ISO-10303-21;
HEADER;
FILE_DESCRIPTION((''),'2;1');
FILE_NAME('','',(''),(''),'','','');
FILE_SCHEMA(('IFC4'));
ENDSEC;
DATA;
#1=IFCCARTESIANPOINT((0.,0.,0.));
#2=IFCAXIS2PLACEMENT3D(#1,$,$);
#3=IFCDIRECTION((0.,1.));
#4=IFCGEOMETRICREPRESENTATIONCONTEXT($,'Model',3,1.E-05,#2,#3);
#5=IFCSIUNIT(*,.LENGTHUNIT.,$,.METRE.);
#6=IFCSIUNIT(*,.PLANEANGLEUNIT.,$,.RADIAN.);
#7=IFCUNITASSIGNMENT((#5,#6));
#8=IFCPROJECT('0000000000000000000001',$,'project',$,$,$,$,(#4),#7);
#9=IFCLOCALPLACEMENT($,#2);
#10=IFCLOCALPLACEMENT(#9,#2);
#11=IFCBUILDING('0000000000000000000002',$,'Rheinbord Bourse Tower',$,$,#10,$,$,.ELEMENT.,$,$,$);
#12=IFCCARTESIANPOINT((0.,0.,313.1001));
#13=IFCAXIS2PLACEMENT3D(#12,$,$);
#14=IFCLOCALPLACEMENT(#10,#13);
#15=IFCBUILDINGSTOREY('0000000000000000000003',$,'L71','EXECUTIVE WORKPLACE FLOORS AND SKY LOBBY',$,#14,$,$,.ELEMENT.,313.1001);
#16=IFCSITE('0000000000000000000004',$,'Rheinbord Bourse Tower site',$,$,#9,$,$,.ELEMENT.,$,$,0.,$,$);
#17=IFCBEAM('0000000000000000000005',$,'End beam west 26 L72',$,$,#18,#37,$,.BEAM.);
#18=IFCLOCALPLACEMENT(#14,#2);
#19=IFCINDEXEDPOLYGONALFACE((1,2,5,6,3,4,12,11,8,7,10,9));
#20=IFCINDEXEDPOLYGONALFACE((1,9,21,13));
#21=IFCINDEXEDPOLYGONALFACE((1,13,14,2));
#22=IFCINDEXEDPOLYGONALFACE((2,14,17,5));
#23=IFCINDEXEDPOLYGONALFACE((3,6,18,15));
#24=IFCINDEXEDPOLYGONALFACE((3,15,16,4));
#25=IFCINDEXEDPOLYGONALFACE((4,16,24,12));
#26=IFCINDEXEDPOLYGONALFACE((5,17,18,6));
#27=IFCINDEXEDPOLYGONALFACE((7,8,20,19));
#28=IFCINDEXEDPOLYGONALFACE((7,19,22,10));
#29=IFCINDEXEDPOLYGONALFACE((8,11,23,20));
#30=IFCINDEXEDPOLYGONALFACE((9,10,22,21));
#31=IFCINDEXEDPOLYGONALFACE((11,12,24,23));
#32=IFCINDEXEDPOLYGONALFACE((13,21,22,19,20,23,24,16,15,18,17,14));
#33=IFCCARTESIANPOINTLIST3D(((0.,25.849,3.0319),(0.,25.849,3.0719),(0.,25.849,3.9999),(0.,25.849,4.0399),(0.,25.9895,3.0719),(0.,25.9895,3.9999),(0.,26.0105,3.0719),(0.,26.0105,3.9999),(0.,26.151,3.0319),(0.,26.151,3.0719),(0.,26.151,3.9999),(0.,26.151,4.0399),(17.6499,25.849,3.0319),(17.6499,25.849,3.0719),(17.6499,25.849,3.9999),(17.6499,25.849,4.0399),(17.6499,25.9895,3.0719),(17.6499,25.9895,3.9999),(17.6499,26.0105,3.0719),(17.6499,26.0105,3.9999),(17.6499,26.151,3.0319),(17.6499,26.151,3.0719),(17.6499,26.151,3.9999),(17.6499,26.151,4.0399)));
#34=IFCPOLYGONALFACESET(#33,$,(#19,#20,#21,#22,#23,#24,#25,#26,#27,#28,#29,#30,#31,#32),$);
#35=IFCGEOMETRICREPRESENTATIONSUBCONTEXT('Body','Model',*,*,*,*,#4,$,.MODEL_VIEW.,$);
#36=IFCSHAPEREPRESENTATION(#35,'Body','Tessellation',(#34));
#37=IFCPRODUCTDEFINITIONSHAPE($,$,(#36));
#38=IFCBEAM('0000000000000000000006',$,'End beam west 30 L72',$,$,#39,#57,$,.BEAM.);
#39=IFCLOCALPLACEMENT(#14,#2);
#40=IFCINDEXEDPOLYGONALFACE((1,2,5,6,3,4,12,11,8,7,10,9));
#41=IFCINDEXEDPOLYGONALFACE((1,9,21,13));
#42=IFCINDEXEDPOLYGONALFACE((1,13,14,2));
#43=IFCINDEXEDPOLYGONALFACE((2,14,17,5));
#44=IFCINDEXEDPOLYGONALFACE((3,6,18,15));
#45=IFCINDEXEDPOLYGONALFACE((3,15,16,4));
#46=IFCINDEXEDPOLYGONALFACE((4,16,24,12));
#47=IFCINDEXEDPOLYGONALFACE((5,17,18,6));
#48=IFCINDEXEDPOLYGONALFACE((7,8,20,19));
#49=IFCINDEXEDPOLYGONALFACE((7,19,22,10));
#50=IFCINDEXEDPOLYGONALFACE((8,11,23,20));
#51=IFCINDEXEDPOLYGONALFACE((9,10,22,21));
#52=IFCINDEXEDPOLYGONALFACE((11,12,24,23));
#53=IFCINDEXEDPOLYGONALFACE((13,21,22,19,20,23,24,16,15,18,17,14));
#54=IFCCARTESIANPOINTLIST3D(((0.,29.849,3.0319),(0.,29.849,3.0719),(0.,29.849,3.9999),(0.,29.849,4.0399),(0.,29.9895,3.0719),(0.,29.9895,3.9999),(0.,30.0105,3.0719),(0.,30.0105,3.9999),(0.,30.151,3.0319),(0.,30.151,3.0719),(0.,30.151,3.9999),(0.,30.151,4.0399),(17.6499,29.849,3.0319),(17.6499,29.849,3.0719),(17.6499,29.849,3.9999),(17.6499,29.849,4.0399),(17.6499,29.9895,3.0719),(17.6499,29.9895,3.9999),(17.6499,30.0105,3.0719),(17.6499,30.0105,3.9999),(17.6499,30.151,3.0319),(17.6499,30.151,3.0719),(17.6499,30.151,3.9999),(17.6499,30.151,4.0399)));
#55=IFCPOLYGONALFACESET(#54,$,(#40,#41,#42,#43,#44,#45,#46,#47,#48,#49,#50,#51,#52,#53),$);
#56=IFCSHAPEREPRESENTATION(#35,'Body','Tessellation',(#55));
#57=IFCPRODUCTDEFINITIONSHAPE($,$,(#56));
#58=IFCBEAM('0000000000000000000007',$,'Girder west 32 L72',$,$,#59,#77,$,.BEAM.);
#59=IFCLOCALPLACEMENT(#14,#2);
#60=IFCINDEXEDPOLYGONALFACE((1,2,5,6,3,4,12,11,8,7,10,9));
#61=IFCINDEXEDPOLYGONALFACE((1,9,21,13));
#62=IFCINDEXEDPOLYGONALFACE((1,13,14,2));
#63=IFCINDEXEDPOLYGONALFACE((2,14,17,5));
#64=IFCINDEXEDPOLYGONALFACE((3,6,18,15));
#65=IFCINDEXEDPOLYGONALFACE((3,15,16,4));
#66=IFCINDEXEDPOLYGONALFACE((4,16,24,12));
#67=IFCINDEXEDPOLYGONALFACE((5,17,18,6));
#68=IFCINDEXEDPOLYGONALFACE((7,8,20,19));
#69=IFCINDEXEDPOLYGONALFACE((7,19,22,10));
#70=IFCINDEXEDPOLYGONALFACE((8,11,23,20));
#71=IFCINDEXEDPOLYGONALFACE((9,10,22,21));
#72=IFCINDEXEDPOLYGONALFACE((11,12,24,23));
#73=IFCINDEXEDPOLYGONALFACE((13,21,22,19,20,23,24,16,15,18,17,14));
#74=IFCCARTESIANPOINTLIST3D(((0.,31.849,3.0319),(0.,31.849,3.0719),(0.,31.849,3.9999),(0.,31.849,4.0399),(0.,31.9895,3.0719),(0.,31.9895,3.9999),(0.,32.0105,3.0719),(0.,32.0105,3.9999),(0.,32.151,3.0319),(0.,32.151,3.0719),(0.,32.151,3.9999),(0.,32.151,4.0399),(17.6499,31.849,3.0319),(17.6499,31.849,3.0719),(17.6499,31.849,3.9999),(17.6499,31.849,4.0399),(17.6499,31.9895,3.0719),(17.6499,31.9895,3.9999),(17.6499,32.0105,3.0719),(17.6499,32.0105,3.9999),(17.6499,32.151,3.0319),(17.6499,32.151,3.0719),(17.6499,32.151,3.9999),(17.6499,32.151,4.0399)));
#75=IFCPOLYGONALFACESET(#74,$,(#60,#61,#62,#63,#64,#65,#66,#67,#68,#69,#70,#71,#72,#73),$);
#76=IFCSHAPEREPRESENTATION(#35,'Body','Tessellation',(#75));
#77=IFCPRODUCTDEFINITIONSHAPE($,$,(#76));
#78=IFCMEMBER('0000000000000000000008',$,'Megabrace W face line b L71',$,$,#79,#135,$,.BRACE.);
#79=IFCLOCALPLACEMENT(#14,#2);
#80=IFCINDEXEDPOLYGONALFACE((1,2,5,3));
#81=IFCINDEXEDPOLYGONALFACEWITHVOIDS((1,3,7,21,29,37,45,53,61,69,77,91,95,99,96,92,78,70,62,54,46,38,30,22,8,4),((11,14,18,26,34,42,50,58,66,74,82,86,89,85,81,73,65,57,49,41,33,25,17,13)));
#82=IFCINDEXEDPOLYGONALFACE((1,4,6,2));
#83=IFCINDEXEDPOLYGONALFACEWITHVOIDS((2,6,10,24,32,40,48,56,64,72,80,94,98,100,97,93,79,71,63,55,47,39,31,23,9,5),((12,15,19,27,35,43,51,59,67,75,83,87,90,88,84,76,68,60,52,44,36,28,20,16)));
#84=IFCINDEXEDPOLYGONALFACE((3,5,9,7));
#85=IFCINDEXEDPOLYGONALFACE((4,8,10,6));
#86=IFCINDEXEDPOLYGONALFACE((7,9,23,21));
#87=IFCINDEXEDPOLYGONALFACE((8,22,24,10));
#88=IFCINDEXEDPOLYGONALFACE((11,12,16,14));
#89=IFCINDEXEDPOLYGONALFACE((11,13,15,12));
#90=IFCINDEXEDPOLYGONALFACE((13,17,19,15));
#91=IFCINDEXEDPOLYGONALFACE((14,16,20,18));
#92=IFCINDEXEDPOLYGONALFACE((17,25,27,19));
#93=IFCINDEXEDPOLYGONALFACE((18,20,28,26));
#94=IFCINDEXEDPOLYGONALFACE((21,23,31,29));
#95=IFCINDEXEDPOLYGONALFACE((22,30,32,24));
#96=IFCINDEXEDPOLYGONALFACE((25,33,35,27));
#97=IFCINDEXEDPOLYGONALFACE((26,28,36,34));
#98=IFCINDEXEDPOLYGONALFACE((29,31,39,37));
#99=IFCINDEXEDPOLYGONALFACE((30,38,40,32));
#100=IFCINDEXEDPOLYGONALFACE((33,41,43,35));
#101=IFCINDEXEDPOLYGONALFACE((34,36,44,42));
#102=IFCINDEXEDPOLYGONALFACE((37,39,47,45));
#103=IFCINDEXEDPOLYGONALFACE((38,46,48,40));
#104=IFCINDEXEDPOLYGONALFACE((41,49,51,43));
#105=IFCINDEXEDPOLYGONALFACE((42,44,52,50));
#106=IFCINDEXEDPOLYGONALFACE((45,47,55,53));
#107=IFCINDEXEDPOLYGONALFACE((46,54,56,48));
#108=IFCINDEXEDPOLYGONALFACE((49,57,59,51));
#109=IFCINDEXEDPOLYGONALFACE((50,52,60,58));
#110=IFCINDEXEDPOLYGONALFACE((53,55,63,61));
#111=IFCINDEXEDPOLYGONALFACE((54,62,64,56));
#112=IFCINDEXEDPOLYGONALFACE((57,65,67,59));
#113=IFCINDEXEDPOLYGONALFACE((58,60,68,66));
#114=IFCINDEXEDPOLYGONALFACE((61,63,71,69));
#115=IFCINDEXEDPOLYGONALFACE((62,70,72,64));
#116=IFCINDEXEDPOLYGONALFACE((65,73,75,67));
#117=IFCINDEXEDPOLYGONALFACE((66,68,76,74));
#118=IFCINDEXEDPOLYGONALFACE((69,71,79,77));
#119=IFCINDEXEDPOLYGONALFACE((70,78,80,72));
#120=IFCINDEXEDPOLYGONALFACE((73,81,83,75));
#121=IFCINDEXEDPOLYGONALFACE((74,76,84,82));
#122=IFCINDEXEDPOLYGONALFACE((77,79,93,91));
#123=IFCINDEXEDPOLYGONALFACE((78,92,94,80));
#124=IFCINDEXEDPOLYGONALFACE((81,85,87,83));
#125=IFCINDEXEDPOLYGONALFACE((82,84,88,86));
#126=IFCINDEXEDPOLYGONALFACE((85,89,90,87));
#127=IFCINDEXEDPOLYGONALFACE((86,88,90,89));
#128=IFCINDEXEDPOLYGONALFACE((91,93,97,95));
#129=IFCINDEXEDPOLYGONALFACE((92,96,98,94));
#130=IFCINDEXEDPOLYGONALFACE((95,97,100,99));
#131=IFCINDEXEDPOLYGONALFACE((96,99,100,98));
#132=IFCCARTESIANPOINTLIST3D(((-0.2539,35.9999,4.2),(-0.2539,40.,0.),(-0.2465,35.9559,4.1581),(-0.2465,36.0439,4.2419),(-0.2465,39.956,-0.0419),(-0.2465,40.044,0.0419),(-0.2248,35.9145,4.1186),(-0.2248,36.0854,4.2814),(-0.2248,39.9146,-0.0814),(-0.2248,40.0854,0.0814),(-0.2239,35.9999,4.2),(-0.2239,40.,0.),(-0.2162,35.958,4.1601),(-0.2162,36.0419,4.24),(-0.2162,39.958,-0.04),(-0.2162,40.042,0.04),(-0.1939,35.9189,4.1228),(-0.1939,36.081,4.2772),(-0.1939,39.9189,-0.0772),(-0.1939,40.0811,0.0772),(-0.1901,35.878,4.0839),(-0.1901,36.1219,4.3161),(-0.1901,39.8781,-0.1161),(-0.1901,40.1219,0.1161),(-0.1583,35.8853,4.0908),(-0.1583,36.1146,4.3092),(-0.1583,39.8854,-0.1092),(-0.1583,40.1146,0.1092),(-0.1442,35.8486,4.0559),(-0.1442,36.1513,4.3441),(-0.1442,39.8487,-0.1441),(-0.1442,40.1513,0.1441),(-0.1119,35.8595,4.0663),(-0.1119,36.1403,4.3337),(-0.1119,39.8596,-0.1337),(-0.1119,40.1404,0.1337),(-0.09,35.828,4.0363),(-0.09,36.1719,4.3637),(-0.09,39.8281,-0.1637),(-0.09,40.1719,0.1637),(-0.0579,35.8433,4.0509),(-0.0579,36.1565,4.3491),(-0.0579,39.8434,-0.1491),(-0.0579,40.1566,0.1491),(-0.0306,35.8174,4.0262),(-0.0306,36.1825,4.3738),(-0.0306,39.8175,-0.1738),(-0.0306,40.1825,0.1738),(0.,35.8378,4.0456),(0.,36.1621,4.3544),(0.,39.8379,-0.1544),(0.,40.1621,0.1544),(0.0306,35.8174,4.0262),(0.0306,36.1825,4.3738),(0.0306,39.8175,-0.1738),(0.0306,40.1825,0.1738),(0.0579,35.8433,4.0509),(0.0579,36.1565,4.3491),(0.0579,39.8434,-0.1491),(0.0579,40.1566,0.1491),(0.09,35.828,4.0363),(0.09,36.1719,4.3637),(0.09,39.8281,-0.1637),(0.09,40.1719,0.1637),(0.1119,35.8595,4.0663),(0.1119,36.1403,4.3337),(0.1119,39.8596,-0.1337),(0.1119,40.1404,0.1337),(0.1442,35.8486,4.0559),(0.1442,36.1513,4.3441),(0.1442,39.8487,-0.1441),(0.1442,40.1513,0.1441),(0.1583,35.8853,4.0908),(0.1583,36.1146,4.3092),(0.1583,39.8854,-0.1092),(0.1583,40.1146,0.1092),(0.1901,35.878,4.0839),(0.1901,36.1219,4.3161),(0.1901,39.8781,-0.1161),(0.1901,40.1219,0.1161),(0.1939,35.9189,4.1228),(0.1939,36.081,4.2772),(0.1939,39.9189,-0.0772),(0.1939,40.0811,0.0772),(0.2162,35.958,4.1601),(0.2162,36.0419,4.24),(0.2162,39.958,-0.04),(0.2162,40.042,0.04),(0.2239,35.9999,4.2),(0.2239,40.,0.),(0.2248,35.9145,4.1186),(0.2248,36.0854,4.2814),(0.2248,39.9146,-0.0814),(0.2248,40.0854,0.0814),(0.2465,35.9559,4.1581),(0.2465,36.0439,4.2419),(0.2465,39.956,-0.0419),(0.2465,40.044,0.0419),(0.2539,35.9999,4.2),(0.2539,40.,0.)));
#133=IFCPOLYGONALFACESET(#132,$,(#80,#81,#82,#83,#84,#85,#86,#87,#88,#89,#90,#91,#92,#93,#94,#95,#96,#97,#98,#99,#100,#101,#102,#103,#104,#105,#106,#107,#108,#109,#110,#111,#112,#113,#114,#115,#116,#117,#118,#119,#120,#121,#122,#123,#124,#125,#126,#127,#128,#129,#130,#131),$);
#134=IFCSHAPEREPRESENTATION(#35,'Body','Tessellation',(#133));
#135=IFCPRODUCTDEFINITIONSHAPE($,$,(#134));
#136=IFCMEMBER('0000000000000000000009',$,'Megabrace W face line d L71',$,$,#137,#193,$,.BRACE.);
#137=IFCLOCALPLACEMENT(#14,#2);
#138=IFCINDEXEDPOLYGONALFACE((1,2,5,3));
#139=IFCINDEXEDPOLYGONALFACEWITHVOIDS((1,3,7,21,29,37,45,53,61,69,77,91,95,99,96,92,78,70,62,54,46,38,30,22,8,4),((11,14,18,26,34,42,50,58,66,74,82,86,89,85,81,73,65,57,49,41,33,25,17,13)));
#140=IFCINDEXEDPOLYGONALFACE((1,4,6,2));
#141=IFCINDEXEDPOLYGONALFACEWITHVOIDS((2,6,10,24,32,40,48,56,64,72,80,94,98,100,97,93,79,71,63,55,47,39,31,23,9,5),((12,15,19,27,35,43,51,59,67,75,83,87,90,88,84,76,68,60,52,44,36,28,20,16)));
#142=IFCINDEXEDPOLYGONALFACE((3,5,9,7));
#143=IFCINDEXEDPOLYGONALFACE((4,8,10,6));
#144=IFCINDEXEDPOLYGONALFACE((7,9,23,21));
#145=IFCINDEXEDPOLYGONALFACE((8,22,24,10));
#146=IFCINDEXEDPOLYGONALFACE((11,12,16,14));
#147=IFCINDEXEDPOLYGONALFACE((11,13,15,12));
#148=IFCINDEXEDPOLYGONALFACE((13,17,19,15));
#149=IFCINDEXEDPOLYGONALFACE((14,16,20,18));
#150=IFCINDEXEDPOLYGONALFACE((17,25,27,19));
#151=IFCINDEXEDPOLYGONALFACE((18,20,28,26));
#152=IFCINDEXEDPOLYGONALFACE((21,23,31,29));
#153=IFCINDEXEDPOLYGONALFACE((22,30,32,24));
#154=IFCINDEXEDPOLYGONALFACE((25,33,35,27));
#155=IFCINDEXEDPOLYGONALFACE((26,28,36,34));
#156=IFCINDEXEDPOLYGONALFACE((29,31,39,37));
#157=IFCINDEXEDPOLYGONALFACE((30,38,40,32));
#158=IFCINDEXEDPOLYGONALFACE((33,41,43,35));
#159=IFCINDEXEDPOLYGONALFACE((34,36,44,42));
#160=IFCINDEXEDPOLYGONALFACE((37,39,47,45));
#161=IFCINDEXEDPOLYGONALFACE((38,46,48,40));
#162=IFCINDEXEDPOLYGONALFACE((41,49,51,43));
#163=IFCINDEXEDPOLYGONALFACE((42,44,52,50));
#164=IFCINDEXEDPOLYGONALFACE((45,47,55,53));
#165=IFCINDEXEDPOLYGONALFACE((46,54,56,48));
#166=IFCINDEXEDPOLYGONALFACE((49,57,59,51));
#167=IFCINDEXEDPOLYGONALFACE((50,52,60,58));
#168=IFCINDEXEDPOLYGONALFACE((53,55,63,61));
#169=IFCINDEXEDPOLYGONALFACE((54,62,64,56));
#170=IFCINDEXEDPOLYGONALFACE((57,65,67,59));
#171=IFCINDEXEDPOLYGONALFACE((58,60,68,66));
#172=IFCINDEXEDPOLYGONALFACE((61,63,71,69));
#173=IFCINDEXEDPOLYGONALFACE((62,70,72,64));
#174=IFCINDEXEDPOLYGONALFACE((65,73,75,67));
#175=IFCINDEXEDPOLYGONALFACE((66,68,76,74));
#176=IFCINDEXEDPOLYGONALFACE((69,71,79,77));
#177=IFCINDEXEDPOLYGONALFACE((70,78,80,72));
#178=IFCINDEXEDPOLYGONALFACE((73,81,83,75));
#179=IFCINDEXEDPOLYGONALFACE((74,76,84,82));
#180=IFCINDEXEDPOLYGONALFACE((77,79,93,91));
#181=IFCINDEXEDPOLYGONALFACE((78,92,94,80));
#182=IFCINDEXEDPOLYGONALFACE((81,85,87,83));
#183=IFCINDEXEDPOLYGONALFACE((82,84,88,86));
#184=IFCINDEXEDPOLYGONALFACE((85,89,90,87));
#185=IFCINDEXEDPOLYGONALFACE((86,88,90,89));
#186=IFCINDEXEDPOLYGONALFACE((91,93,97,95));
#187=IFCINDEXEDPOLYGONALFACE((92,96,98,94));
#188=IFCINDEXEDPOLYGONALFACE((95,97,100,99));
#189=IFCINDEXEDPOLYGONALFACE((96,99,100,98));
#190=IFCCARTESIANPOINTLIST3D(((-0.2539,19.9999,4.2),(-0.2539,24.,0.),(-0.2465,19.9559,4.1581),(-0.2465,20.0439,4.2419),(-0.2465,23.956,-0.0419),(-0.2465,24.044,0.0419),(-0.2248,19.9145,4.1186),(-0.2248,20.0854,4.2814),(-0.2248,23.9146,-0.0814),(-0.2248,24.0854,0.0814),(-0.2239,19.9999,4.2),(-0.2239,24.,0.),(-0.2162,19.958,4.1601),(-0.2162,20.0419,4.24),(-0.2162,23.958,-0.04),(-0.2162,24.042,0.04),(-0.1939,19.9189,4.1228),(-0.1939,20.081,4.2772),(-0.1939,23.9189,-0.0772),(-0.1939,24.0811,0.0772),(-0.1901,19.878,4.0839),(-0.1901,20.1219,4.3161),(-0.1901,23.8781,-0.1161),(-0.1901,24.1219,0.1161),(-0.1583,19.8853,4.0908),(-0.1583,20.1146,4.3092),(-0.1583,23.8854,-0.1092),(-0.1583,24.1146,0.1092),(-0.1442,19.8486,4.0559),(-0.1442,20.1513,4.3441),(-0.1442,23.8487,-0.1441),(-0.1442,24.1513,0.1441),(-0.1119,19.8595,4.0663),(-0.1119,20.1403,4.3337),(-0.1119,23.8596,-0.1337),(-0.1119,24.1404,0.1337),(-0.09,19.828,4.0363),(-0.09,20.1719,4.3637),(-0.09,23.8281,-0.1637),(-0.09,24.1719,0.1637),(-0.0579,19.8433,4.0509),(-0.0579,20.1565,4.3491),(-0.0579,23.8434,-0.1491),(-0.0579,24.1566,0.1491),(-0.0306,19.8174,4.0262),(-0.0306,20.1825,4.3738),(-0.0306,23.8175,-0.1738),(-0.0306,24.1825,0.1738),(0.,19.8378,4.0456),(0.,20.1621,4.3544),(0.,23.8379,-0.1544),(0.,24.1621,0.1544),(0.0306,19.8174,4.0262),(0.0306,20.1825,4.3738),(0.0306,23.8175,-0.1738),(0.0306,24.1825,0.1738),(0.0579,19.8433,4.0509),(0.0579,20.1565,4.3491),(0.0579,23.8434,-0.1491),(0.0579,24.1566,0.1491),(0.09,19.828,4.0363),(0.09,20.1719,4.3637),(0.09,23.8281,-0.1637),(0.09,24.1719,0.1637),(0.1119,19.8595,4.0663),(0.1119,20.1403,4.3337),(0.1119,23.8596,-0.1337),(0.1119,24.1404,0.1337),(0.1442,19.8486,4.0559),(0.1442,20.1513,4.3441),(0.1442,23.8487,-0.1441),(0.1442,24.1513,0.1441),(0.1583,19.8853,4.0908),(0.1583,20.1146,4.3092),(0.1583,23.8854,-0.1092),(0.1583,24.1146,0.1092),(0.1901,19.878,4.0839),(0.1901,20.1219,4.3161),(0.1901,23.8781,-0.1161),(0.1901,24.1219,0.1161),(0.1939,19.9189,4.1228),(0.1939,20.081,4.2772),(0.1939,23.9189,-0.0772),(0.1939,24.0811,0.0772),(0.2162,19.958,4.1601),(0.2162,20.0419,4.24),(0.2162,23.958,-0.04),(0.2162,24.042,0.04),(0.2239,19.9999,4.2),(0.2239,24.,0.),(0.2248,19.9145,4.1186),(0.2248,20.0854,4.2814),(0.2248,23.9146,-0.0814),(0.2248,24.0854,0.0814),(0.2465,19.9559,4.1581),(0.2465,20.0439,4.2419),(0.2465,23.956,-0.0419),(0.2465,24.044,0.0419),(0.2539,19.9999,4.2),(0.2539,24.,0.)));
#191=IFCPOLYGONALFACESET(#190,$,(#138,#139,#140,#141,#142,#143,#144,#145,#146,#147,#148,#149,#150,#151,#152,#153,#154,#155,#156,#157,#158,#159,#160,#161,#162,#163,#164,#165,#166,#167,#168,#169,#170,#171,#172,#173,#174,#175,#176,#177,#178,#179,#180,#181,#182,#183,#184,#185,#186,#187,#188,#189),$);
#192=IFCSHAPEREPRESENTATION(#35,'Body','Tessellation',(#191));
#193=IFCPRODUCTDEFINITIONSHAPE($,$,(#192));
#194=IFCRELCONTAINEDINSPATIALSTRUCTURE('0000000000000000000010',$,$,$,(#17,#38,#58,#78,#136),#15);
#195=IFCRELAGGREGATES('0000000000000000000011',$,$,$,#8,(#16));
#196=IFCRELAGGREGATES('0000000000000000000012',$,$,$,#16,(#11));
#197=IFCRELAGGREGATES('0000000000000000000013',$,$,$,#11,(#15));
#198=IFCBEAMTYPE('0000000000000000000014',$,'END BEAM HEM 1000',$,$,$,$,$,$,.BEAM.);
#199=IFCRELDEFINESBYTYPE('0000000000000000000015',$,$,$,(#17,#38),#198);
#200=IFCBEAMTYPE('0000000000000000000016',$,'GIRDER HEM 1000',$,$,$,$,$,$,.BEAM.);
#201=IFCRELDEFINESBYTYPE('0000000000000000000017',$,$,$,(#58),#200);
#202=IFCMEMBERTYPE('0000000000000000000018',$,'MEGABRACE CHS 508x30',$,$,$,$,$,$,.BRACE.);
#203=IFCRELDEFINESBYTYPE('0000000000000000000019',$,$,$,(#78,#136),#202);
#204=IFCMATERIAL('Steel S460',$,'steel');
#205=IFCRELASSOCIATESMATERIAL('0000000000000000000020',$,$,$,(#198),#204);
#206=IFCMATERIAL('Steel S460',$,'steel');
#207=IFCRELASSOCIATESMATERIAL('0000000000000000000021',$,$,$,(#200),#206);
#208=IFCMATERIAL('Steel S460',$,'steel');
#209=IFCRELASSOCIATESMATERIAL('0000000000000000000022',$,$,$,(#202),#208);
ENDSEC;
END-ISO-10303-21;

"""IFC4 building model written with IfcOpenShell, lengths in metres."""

from ifc_helpers import new_model, si_unit, direction, frame, origin, origin_2d, place, context, subcontext, project, spatial, hollow_circle, i_section, extrude, material, material_profile, profile_set, type_object, element, save


model = new_model("IFC4")

# Units and contexts
model_context = context("Model", 3, precision=1e-05, world=origin(), true_north=direction((0.0, 1.0)))
body_context = subcontext(model_context, "Body", "Model", "MODEL_VIEW")
ifc_project = project(units=[si_unit("LENGTHUNIT", "METRE"), si_unit("PLANEANGLEUNIT", "RADIAN")], contexts=[model_context])

# Site, building, storey
site_placement = place(None, origin())
site = spatial("IfcSite", under=ifc_project, at=site_placement, Name="Rheinbord Bourse Tower site", CompositionType="ELEMENT", RefElevation=0.0)
building_placement = place(site_placement, origin())
building = spatial("IfcBuilding", under=site, at=building_placement, Name="Rheinbord Bourse Tower", CompositionType="ELEMENT")
storey_placement = place(building_placement, frame((0.0, 0.0, 313.1001)))
storey = spatial("IfcBuildingStorey", under=building, at=storey_placement, Name="L71", Description="EXECUTIVE WORKPLACE FLOORS AND SKY LOBBY", CompositionType="ELEMENT", Elevation=313.1001)

# Beams
ifc_material_1 = material(Name="Steel S460", Category="steel")
ifc_material_profile_1 = material_profile(ifc_material_1, i_section(OverallWidth=0.302, OverallDepth=1.0081, WebThickness=0.021, FlangeThickness=0.04, at=origin_2d()), Name="HEM 1000")
ifc_profile_set_1 = profile_set([ifc_material_profile_1], Name="Steel S460")
beam_type_1 = type_object("IfcBeamType", Name="END BEAM HEM 1000", PredefinedType="BEAM", material=ifc_profile_set_1)
for number, where, z_axis, x_axis, name in (
    (1, (0.0, 26.0, 3.5359), (1.0, 0.0, 0.0), (0.0, 1.0, 0.0), "End beam west 26 L72"),
    (2, (0.0, 30.0, 3.5359), (1.0, 0.0, 0.0), (0.0, 1.0, 0.0), "End beam west 30 L72"),
):
    element("IfcBeam", number, at=place(storey_placement, frame(where, z_axis=z_axis, x_axis=x_axis)), inside=storey, type_object=beam_type_1, Name=name, PredefinedType="BEAM", context=body_context, shape_type="SweptSolid", body=[
        extrude(i_section(OverallWidth=0.302, OverallDepth=1.0081, WebThickness=0.021, FlangeThickness=0.04, at=origin_2d()), origin(), (0.0, 0.0, 1.0), 17.6499),
    ])
ifc_material_2 = material(Name="Steel S460", Category="steel")
ifc_material_profile_2 = material_profile(ifc_material_2, i_section(OverallWidth=0.302, OverallDepth=1.0081, WebThickness=0.021, FlangeThickness=0.04, at=origin_2d()), Name="HEM 1000")
ifc_profile_set_2 = profile_set([ifc_material_profile_2], Name="Steel S460")
beam_type_2 = type_object("IfcBeamType", Name="GIRDER HEM 1000", PredefinedType="BEAM", material=ifc_profile_set_2)
beam_placement = place(storey_placement, frame((0.0, 32.0, 3.5359), z_axis=(1.0, 0.0, 0.0), x_axis=(0.0, 1.0, 0.0)))
element("IfcBeam", 3, at=beam_placement, inside=storey, type_object=beam_type_2, Name="Girder west 32 L72", PredefinedType="BEAM", context=body_context, shape_type="SweptSolid", body=[
    extrude(i_section(OverallWidth=0.302, OverallDepth=1.0081, WebThickness=0.021, FlangeThickness=0.04, at=origin_2d()), origin(), (0.0, 0.0, 1.0), 17.6499),
])

# Members
ifc_material_3 = material(Name="Steel S460", Category="steel")
ifc_material_profile_3 = material_profile(ifc_material_3, hollow_circle(Radius=0.2539, WallThickness=0.03, at=origin_2d()), Name="CHS 508x30")
ifc_profile_set_3 = profile_set([ifc_material_profile_3], Name="Steel S460")
member_type_1 = type_object("IfcMemberType", Name="MEGABRACE CHS 508x30", PredefinedType="BRACE", material=ifc_profile_set_3)
for number, where, z_axis, x_axis, name in (
    (4, (0.0, 40.0, 0.0), (0.0, -0.689659, 0.724134), (1.0, 0.0, 0.0), "Megabrace W face line b L71"),
    (5, (0.0, 24.0, 0.0), (0.0, -0.689659, 0.724134), (1.0, 0.0, 0.0), "Megabrace W face line d L71"),
):
    element("IfcMember", number, at=place(storey_placement, frame(where, z_axis=z_axis, x_axis=x_axis)), inside=storey, type_object=member_type_1, Name=name, PredefinedType="BRACE", context=body_context, shape_type="SweptSolid", body=[
        extrude(hollow_circle(Radius=0.2539, WallThickness=0.03, at=origin_2d()), origin(), (0.0, 0.0, 1.0), 5.8),
    ])

save(model, "model.ifc")
